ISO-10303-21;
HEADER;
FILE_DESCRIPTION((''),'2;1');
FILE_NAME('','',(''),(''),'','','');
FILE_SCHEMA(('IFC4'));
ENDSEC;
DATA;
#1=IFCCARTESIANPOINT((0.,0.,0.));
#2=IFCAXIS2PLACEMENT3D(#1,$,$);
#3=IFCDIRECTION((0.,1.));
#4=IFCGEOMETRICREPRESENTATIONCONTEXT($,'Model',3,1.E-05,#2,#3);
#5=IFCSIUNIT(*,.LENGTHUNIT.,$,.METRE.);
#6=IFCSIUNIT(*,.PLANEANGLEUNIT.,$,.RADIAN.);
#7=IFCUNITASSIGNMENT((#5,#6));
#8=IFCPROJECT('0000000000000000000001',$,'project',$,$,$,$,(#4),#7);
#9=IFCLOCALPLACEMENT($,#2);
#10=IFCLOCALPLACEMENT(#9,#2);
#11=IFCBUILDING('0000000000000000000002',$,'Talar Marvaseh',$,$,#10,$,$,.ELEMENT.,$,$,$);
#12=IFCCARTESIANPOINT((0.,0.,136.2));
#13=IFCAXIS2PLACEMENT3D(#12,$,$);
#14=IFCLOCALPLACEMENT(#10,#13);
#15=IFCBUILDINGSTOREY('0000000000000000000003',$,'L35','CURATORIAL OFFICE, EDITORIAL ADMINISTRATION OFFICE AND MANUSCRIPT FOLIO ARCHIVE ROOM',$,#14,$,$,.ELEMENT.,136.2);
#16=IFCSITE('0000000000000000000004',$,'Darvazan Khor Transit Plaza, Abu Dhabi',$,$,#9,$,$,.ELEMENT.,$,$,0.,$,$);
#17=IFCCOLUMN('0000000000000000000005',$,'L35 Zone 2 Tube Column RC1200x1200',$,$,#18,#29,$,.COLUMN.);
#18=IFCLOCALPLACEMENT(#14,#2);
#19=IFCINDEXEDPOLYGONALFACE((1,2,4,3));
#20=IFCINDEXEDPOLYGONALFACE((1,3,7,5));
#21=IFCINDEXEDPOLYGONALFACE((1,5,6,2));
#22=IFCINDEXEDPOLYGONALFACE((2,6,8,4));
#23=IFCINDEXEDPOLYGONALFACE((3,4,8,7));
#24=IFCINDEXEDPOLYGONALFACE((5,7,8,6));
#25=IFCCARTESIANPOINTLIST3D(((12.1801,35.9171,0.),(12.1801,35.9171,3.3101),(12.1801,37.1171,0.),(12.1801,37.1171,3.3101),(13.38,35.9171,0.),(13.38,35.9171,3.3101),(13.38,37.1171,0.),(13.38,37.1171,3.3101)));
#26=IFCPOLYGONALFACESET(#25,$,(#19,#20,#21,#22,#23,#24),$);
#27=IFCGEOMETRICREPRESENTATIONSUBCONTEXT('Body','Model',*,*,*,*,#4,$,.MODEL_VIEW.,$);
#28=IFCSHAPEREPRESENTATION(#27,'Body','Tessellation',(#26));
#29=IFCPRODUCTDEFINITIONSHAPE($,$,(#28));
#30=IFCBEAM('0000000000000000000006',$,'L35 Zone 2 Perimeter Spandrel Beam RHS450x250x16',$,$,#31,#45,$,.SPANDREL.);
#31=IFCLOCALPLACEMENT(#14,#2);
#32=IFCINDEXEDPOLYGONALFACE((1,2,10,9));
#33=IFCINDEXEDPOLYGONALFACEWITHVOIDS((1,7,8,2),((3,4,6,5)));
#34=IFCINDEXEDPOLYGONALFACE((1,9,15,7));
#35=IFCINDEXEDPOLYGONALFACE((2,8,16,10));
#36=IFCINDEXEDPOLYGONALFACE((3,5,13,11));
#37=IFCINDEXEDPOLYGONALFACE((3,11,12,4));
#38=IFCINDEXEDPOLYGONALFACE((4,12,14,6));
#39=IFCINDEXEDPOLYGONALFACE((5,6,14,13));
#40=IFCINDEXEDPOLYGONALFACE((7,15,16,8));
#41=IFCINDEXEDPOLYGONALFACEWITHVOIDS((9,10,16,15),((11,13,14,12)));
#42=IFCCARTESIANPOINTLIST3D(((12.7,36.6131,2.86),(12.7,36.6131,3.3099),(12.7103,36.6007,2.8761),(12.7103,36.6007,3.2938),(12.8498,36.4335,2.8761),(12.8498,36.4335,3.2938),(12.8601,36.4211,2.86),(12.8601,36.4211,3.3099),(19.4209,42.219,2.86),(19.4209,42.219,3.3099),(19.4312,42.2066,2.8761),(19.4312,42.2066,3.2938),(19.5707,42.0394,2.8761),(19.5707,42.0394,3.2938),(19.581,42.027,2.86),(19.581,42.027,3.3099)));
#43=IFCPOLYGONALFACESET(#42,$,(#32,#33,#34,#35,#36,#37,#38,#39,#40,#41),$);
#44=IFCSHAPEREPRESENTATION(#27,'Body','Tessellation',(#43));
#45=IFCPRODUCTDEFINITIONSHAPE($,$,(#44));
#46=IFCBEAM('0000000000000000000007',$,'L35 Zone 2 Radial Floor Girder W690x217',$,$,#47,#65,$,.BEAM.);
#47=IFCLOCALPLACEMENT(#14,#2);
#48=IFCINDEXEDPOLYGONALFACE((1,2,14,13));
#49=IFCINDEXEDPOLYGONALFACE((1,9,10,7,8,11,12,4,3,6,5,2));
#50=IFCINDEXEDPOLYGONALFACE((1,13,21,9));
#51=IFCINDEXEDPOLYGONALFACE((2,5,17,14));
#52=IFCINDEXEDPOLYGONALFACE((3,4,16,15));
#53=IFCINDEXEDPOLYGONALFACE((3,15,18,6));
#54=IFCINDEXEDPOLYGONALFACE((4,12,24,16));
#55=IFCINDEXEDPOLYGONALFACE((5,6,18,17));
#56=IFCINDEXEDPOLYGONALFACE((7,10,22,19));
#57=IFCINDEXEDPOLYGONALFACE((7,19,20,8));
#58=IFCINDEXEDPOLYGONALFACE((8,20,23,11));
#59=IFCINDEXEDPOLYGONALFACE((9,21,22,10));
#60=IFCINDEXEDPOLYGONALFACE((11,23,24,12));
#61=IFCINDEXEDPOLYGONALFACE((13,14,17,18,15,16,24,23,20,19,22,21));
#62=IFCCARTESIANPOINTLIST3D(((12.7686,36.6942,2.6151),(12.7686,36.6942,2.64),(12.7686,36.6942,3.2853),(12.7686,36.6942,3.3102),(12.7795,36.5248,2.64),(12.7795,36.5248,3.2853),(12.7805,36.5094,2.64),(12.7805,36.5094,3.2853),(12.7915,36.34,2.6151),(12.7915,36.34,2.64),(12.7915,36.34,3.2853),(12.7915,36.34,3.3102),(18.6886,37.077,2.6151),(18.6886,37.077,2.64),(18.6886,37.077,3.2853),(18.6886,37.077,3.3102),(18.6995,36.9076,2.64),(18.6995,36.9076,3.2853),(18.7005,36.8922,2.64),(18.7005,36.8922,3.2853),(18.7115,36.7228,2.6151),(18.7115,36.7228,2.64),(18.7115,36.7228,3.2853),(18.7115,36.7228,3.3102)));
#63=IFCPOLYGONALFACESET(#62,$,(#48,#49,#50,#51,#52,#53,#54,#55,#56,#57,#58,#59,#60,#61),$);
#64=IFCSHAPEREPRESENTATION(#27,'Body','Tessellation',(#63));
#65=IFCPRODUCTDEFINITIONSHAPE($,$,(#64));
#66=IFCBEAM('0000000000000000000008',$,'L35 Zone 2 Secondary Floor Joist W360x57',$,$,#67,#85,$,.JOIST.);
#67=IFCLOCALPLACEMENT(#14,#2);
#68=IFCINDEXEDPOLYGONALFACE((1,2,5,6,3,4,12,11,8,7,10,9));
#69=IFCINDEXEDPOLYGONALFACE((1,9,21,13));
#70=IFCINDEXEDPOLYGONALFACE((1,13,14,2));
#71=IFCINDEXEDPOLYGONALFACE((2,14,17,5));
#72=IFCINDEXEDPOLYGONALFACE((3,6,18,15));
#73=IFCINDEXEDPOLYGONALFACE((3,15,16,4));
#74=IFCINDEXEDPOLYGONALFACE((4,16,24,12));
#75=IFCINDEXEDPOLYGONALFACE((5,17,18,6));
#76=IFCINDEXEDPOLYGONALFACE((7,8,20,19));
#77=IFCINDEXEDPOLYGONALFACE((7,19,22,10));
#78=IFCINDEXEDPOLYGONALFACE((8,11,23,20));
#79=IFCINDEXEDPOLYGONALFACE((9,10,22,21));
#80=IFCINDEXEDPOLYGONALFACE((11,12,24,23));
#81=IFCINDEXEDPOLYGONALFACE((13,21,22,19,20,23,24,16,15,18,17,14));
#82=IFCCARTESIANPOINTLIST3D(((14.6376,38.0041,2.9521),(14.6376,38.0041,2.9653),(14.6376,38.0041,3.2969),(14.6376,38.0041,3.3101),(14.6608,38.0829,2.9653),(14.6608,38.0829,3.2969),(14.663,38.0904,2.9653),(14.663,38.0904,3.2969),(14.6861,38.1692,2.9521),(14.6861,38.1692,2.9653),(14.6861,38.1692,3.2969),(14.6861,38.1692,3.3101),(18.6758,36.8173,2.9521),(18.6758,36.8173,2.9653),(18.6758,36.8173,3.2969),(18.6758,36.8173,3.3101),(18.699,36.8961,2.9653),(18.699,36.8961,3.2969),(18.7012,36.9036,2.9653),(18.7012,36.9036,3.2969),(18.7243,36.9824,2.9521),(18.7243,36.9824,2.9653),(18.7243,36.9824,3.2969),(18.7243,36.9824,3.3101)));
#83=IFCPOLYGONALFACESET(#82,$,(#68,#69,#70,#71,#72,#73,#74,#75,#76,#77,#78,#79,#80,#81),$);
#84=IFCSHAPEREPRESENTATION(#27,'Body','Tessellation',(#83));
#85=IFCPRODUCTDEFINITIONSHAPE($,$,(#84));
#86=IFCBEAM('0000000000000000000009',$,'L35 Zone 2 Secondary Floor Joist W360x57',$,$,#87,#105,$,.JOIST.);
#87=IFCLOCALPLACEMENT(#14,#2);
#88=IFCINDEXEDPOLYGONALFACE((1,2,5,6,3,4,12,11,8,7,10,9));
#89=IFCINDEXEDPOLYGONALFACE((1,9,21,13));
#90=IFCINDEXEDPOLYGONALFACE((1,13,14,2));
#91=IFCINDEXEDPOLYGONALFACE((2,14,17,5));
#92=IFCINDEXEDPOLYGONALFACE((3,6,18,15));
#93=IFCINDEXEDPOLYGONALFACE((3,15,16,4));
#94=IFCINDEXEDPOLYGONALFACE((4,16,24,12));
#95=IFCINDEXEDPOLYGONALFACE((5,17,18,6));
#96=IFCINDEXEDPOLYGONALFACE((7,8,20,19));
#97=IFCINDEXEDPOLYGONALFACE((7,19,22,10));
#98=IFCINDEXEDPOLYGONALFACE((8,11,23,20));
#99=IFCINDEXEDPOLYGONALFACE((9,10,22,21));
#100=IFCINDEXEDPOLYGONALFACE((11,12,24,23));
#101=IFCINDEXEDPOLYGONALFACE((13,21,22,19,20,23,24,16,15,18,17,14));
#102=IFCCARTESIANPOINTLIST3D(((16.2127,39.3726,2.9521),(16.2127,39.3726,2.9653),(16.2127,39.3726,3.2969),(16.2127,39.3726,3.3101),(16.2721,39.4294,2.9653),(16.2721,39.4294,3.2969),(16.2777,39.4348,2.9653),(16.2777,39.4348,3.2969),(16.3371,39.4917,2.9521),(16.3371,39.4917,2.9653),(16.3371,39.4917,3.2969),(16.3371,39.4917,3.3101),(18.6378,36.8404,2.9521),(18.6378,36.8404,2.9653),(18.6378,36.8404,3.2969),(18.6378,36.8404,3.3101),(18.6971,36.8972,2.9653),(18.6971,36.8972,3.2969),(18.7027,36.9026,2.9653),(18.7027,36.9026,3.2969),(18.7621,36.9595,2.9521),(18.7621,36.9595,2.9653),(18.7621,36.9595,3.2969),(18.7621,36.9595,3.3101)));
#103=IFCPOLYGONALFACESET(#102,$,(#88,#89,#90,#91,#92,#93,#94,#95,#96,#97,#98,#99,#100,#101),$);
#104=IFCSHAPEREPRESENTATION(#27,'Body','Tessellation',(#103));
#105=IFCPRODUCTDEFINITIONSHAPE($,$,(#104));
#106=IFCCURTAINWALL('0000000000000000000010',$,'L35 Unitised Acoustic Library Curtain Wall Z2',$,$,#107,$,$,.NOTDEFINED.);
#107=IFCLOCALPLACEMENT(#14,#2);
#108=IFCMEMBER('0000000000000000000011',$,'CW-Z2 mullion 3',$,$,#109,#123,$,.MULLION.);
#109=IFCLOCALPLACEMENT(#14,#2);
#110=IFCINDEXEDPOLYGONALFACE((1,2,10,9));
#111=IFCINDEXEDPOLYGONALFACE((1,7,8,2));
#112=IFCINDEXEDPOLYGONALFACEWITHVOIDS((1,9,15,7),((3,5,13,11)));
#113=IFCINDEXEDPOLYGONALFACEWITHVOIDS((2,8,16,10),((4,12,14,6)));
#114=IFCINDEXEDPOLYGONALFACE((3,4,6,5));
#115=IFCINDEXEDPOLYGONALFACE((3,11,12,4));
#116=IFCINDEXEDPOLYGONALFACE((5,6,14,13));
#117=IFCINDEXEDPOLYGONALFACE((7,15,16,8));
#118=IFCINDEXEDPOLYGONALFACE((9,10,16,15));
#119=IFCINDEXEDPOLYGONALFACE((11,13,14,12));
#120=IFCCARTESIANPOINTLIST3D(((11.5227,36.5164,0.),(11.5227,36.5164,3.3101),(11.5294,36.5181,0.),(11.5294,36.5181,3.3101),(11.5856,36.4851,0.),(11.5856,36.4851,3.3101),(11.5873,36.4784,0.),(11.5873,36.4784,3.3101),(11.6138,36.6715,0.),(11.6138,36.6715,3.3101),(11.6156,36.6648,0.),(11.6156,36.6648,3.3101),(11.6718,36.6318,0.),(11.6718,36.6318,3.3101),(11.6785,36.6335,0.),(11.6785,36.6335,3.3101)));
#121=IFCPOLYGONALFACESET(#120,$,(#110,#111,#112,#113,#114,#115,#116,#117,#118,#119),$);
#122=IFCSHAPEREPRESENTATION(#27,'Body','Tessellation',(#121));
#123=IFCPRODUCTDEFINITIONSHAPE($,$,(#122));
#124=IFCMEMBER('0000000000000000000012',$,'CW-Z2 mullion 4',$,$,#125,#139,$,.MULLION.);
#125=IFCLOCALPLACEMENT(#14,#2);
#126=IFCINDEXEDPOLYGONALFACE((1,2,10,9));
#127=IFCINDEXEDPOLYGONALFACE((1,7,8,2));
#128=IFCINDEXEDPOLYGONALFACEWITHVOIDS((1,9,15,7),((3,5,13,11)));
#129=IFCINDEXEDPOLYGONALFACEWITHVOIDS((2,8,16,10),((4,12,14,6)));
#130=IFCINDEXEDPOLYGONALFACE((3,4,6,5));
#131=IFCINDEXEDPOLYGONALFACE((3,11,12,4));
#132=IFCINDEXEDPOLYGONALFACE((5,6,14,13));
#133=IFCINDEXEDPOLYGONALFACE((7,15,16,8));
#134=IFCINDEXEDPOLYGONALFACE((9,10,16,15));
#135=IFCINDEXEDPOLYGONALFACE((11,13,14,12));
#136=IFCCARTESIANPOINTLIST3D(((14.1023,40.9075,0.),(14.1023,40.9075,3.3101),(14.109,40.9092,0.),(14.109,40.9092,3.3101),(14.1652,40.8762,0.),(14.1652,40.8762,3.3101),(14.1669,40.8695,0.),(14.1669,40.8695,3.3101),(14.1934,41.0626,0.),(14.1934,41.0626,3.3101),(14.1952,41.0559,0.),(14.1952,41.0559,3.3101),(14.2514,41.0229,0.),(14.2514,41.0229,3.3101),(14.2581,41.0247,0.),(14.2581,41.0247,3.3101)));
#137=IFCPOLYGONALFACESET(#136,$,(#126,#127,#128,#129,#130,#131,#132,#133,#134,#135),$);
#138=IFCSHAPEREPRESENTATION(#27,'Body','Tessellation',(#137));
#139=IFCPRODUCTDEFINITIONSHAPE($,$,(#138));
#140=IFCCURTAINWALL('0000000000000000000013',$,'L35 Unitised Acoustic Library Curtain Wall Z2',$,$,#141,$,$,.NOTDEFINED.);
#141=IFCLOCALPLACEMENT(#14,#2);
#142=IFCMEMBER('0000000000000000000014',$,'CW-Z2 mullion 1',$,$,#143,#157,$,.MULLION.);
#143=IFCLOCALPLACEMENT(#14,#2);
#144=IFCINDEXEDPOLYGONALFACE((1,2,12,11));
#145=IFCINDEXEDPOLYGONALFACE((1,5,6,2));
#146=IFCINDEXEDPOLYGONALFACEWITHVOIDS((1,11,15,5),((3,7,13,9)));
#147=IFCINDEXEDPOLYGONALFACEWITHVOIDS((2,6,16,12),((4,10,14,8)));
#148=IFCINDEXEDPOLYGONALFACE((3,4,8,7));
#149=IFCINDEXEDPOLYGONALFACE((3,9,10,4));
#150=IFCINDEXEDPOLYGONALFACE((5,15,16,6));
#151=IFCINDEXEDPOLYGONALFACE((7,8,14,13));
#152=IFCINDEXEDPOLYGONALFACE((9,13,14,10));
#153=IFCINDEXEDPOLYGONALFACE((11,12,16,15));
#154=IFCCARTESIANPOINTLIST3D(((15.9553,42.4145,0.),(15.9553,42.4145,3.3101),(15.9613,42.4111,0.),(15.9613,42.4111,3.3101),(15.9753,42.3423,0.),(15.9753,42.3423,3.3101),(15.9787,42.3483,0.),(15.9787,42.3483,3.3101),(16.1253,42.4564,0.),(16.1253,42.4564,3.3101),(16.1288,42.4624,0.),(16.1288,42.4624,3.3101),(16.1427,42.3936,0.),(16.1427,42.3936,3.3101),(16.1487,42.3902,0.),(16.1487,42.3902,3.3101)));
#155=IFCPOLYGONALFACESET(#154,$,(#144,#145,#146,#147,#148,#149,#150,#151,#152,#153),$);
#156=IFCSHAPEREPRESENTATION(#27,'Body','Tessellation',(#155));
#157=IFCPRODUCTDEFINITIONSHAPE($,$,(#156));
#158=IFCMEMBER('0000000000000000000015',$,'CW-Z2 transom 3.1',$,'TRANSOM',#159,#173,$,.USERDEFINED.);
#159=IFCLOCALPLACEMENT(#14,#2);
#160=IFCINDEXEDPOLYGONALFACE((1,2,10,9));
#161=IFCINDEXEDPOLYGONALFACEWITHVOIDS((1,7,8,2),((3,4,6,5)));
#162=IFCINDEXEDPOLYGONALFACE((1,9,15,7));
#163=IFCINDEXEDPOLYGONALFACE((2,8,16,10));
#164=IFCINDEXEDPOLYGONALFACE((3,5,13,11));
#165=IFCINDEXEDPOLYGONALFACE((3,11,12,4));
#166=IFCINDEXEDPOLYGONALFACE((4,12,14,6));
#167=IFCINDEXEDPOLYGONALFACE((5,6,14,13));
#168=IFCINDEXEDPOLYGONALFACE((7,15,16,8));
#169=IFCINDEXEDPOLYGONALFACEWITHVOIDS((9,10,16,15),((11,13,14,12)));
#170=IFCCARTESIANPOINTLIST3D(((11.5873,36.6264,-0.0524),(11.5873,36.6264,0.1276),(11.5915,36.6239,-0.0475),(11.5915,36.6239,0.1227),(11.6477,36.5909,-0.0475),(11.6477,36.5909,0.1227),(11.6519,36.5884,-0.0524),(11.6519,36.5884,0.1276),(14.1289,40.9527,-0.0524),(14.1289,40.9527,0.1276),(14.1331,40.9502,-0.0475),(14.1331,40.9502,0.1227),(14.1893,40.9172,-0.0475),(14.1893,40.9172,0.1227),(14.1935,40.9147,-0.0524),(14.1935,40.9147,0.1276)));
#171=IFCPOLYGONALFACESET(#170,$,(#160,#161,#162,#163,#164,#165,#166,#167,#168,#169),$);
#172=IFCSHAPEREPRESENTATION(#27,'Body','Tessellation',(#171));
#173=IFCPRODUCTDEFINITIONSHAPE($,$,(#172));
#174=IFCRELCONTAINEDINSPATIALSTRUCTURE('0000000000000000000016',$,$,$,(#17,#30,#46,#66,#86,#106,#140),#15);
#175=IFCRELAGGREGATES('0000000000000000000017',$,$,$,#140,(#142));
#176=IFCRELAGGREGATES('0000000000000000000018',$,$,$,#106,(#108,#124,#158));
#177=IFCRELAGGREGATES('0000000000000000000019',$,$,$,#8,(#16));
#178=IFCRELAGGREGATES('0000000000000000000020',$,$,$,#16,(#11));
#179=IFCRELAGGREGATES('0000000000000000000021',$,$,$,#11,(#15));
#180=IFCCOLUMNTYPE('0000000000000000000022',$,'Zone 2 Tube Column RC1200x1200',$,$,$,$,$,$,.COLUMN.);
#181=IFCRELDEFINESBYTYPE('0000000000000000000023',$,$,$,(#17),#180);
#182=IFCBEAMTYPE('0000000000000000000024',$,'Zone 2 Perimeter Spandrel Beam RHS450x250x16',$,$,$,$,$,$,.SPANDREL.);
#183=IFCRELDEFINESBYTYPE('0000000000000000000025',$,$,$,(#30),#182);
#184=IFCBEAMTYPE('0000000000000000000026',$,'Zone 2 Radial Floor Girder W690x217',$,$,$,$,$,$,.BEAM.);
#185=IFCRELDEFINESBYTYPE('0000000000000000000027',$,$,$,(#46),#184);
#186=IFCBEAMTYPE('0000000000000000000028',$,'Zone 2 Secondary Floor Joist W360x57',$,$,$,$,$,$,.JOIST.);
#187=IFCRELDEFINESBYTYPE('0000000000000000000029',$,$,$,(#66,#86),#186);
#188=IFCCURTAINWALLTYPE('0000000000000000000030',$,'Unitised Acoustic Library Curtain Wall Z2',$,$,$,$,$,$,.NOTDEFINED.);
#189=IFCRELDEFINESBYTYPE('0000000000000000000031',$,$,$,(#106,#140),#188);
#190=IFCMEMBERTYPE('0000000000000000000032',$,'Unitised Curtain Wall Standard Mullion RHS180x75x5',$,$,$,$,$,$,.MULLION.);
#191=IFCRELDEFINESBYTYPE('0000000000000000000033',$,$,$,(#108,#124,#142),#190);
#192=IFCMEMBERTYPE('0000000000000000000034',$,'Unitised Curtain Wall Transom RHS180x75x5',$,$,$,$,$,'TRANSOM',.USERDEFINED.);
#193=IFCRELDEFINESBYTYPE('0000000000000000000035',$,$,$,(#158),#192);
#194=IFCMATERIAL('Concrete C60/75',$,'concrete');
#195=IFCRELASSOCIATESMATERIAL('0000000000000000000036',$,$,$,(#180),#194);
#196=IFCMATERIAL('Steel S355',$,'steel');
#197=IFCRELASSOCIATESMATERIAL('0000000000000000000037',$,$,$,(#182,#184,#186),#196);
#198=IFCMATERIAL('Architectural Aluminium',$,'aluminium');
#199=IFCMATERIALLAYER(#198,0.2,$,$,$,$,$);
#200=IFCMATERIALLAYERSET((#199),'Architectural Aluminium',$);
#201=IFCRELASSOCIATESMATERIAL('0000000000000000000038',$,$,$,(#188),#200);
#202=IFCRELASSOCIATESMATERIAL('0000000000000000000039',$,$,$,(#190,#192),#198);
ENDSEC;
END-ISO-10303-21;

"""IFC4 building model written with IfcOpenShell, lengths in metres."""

from ifc_helpers import new_model, si_unit, direction, frame, origin, origin_2d, place, context, subcontext, project, spatial, rectangle, hollow_rectangle, i_section, extrude, source, transform, mapped, material, layer, layer_set, material_profile, profile_set, type_object, type_shapes, element, aggregate, save


model = new_model("IFC4")

# Units and contexts
model_context = context("Model", 3, precision=1e-05, world=origin(), true_north=direction((0.0, 1.0)))
body_context = subcontext(model_context, "Body", "Model", "MODEL_VIEW")
ifc_project = project(units=[si_unit("LENGTHUNIT", "METRE"), si_unit("PLANEANGLEUNIT", "RADIAN")], contexts=[model_context])

# Site, building, storey
site_placement = place(None, origin())
site = spatial("IfcSite", under=ifc_project, at=site_placement, Name="Darvazan Khor Transit Plaza, Abu Dhabi", CompositionType="ELEMENT", RefElevation=0.0)
building_placement = place(site_placement, origin())
building = spatial("IfcBuilding", under=site, at=building_placement, Name="Talar Marvaseh", CompositionType="ELEMENT")
storey_placement = place(building_placement, frame((0.0, 0.0, 136.2)))
storey = spatial("IfcBuildingStorey", under=building, at=storey_placement, Name="L35", Description="CURATORIAL OFFICE, EDITORIAL ADMINISTRATION OFFICE AND MANUSCRIPT FOLIO ARCHIVE ROOM", CompositionType="ELEMENT", Elevation=136.2)

# Column
ifc_material_1 = material(Name="Concrete C60/75", Category="concrete")
ifc_material_profile_1 = material_profile(ifc_material_1, rectangle(XDim=1.2, YDim=1.2, at=origin_2d()), Name="RC1200x1200")
ifc_profile_set_1 = profile_set([ifc_material_profile_1], Name="Concrete C60/75")
column_type = type_object("IfcColumnType", Name="Zone 2 Tube Column RC1200x1200", PredefinedType="COLUMN", material=ifc_profile_set_1)
column_placement = place(storey_placement, frame((12.78, 36.5171, 0.0), z_axis=(0.0, 0.0, 1.0), x_axis=(1.0, 0.0, 0.0)))
element("IfcColumn", 1, at=column_placement, inside=storey, type_object=column_type, Name="L35 Zone 2 Tube Column RC1200x1200", PredefinedType="COLUMN", context=body_context, shape_type="SweptSolid", body=[
    extrude(rectangle(XDim=1.2, YDim=1.2, at=origin_2d()), origin(), (0.0, 0.0, 1.0), 3.3101),
])

# Beams
ifc_material_2 = material(Name="Steel S355", Category="steel")
ifc_material_profile_2 = material_profile(ifc_material_2, hollow_rectangle(XDim=0.25, YDim=0.45, WallThickness=0.0161, at=origin_2d()), Name="RHS450x250x16")
ifc_profile_set_2 = profile_set([ifc_material_profile_2], Name="Steel S355")
beam_type_1 = type_object("IfcBeamType", Name="Zone 2 Perimeter Spandrel Beam RHS450x250x16", PredefinedType="SPANDREL", material=ifc_profile_set_2)
beam_1_placement = place(storey_placement, frame((12.78, 36.5171, 3.085), z_axis=(0.767931, 0.640533, 0.0), x_axis=(-0.640533, 0.767931, 0.0)))
element("IfcBeam", 2, at=beam_1_placement, inside=storey, type_object=beam_type_1, Name="L35 Zone 2 Perimeter Spandrel Beam RHS450x250x16", PredefinedType="SPANDREL", context=body_context, shape_type="SweptSolid", body=[
    extrude(hollow_rectangle(XDim=0.25, YDim=0.45, WallThickness=0.0161, at=origin_2d()), origin(), (0.0, 0.0, 1.0), 8.752),
])
ifc_material_profile_3 = material_profile(ifc_material_2, i_section(OverallWidth=0.355, OverallDepth=0.6951, WebThickness=0.0154, FlangeThickness=0.0249, at=origin_2d()), Name="W690x217")
ifc_profile_set_3 = profile_set([ifc_material_profile_3], Name="Steel S355")
beam_type_2 = type_object("IfcBeamType", Name="Zone 2 Radial Floor Girder W690x217", PredefinedType="BEAM", material=ifc_profile_set_3)
beam_2_placement = place(storey_placement, frame((12.78, 36.5171, 2.9626), z_axis=(0.997916, 0.06453, 0.0), x_axis=(-0.06453, 0.997916, 0.0)))
element("IfcBeam", 3, at=beam_2_placement, inside=storey, type_object=beam_type_2, Name="L35 Zone 2 Radial Floor Girder W690x217", PredefinedType="BEAM", context=body_context, shape_type="SweptSolid", body=[
    extrude(i_section(OverallWidth=0.355, OverallDepth=0.6951, WebThickness=0.0154, FlangeThickness=0.0249, at=origin_2d()), origin(), (0.0, 0.0, 1.0), 5.9324),
])
ifc_material_profile_4 = material_profile(ifc_material_2, i_section(OverallWidth=0.1721, OverallDepth=0.3579, WebThickness=0.0078, FlangeThickness=0.0132, at=origin_2d()), Name="W360x57")
ifc_profile_set_4 = profile_set([ifc_material_profile_4], Name="Steel S355")
beam_type_3 = type_object("IfcBeamType", Name="Zone 2 Secondary Floor Joist W360x57", PredefinedType="JOIST", material=ifc_profile_set_4)
beam_3_placement = place(storey_placement, frame((14.6619, 38.0867, 3.1311), z_axis=(0.959424, -0.281968, 0.0), x_axis=(0.281968, 0.959424, 0.0)))
element("IfcBeam", 4, at=beam_3_placement, inside=storey, type_object=beam_type_3, Name="L35 Zone 2 Secondary Floor Joist W360x57", PredefinedType="JOIST", context=body_context, shape_type="SweptSolid", body=[
    extrude(i_section(OverallWidth=0.1721, OverallDepth=0.3579, WebThickness=0.0078, FlangeThickness=0.0132, at=origin_2d()), origin(), (0.0, 0.0, 1.0), 4.209),
])
beam_4_placement = place(storey_placement, frame((16.2749, 39.4321, 3.1311), z_axis=(0.691657, -0.722226, 0.0), x_axis=(0.722226, 0.691657, 0.0)))
element("IfcBeam", 5, at=beam_4_placement, inside=storey, type_object=beam_type_3, Name="L35 Zone 2 Secondary Floor Joist W360x57", PredefinedType="JOIST", context=body_context, shape_type="SweptSolid", body=[
    extrude(i_section(OverallWidth=0.1721, OverallDepth=0.3579, WebThickness=0.0078, FlangeThickness=0.0132, at=origin_2d()), origin(), (0.0, 0.0, 1.0), 3.5061),
])

# Curtain wall, members
ifc_material_3 = material(Name="Architectural Aluminium", Category="aluminium")
ifc_layer_1 = layer(ifc_material_3, 0.2)
ifc_layer_set_1 = layer_set([ifc_layer_1], Name="Architectural Aluminium")
curtain_wall_type = type_object("IfcCurtainWallType", Name="Unitised Acoustic Library Curtain Wall Z2", PredefinedType="NOTDEFINED", material=ifc_layer_set_1)
curtain_wall_1_placement = place(storey_placement, origin())
curtain_wall_1 = element("IfcCurtainWall", 6, at=curtain_wall_1_placement, inside=storey, type_object=curtain_wall_type, Name="L35 Unitised Acoustic Library Curtain Wall Z2", PredefinedType="NOTDEFINED")
ifc_material_profile_5 = material_profile(ifc_material_3, hollow_rectangle(XDim=0.075, YDim=0.1799, WallThickness=0.0049, at=origin_2d()), Name="RHS180x75x5")
ifc_profile_set_5 = profile_set([ifc_material_profile_5], Name="Architectural Aluminium")
member_type_1 = type_object("IfcMemberType", Name="Unitised Curtain Wall Standard Mullion RHS180x75x5", PredefinedType="MULLION", material=ifc_profile_set_5)
shared_shape_1 = source(origin(), body_context, "Body", "SweptSolid", [
    extrude(hollow_rectangle(XDim=0.075, YDim=0.1799, WallThickness=0.0049, at=origin_2d()), origin(), (0.0, 0.0, 1.0), 3.3101),
])
type_shapes(member_type_1, [shared_shape_1])
member_1_placement = place(storey_placement, frame((11.6006, 36.575, 0.0), z_axis=(0.0, 0.0, 1.0), x_axis=(-0.862233, 0.506512, 0.0)))
member_1 = element("IfcMember", 7, at=member_1_placement, type_object=member_type_1, Name="CW-Z2 mullion 3", PredefinedType="MULLION", context=body_context, shape_type="MappedRepresentation", body=[
    mapped(shared_shape_1, transform((0.0, 0.0, 0.0), x_axis=(1.0, 0.0, 0.0), y_axis=(0.0, 1.0, 0.0), z_axis=(0.0, 0.0, 1.0), scale=1.0)),
])
member_2_placement = place(storey_placement, frame((14.1802, 40.9661, 0.0), z_axis=(0.0, 0.0, 1.0), x_axis=(-0.862233, 0.506512, 0.0)))
member_2 = element("IfcMember", 8, at=member_2_placement, type_object=member_type_1, Name="CW-Z2 mullion 4", PredefinedType="MULLION", context=body_context, shape_type="MappedRepresentation", body=[
    mapped(shared_shape_1, transform((0.0, 0.0, 0.0), x_axis=(1.0, 0.0, 0.0), y_axis=(0.0, 1.0, 0.0), z_axis=(0.0, 0.0, 1.0), scale=1.0)),
])

# Curtain wall, member
curtain_wall_2_placement = place(storey_placement, origin())
curtain_wall_2 = element("IfcCurtainWall", 9, at=curtain_wall_2_placement, inside=storey, type_object=curtain_wall_type, Name="L35 Unitised Acoustic Library Curtain Wall Z2", PredefinedType="NOTDEFINED")
member_3_placement = place(storey_placement, frame((16.052, 42.4023, 0.0), z_axis=(0.0, 0.0, 1.0), x_axis=(-0.266092, 0.963948, 0.0)))
member_3 = element("IfcMember", 10, at=member_3_placement, type_object=member_type_1, Name="CW-Z2 mullion 1", PredefinedType="MULLION", context=body_context, shape_type="MappedRepresentation", body=[
    mapped(shared_shape_1, transform((0.0, 0.0, 0.0), x_axis=(1.0, 0.0, 0.0), y_axis=(0.0, 1.0, 0.0), z_axis=(0.0, 0.0, 1.0), scale=1.0)),
])

# Member
ifc_material_profile_6 = material_profile(ifc_material_3, hollow_rectangle(XDim=0.075, YDim=0.1799, WallThickness=0.0049, at=origin_2d()), Name="RHS180x75x5")
ifc_profile_set_6 = profile_set([ifc_material_profile_6], Name="Architectural Aluminium")
member_type_2 = type_object("IfcMemberType", Name="Unitised Curtain Wall Transom RHS180x75x5", ElementType="TRANSOM", PredefinedType="USERDEFINED", material=ifc_profile_set_6)
shared_shape_2 = source(origin(), body_context, "Body", "SweptSolid", [
    extrude(hollow_rectangle(XDim=0.075, YDim=0.1799, WallThickness=0.0049, at=origin_2d()), origin(), (0.0, 0.0, 1.0), 5.0176),
])
type_shapes(member_type_2, [shared_shape_2])
member_4_placement = place(storey_placement, frame((11.6196, 36.6074, 0.0376), z_axis=(0.506531, 0.862222, 0.0), x_axis=(-0.862222, 0.506531, 0.0)))
member_4 = element("IfcMember", 11, at=member_4_placement, type_object=member_type_2, Name="CW-Z2 transom 3.1", ObjectType="TRANSOM", PredefinedType="USERDEFINED", context=body_context, shape_type="MappedRepresentation", body=[
    mapped(shared_shape_2, transform((0.0, 0.0, 0.0), x_axis=(1.0, 0.0, 0.0), y_axis=(0.0, 1.0, 0.0), z_axis=(0.0, 0.0, 1.0), scale=1.0)),
])
aggregate(curtain_wall_2, [member_3])

aggregate(curtain_wall_1, [member_1, member_2, member_4])

save(model, "model.ifc")
